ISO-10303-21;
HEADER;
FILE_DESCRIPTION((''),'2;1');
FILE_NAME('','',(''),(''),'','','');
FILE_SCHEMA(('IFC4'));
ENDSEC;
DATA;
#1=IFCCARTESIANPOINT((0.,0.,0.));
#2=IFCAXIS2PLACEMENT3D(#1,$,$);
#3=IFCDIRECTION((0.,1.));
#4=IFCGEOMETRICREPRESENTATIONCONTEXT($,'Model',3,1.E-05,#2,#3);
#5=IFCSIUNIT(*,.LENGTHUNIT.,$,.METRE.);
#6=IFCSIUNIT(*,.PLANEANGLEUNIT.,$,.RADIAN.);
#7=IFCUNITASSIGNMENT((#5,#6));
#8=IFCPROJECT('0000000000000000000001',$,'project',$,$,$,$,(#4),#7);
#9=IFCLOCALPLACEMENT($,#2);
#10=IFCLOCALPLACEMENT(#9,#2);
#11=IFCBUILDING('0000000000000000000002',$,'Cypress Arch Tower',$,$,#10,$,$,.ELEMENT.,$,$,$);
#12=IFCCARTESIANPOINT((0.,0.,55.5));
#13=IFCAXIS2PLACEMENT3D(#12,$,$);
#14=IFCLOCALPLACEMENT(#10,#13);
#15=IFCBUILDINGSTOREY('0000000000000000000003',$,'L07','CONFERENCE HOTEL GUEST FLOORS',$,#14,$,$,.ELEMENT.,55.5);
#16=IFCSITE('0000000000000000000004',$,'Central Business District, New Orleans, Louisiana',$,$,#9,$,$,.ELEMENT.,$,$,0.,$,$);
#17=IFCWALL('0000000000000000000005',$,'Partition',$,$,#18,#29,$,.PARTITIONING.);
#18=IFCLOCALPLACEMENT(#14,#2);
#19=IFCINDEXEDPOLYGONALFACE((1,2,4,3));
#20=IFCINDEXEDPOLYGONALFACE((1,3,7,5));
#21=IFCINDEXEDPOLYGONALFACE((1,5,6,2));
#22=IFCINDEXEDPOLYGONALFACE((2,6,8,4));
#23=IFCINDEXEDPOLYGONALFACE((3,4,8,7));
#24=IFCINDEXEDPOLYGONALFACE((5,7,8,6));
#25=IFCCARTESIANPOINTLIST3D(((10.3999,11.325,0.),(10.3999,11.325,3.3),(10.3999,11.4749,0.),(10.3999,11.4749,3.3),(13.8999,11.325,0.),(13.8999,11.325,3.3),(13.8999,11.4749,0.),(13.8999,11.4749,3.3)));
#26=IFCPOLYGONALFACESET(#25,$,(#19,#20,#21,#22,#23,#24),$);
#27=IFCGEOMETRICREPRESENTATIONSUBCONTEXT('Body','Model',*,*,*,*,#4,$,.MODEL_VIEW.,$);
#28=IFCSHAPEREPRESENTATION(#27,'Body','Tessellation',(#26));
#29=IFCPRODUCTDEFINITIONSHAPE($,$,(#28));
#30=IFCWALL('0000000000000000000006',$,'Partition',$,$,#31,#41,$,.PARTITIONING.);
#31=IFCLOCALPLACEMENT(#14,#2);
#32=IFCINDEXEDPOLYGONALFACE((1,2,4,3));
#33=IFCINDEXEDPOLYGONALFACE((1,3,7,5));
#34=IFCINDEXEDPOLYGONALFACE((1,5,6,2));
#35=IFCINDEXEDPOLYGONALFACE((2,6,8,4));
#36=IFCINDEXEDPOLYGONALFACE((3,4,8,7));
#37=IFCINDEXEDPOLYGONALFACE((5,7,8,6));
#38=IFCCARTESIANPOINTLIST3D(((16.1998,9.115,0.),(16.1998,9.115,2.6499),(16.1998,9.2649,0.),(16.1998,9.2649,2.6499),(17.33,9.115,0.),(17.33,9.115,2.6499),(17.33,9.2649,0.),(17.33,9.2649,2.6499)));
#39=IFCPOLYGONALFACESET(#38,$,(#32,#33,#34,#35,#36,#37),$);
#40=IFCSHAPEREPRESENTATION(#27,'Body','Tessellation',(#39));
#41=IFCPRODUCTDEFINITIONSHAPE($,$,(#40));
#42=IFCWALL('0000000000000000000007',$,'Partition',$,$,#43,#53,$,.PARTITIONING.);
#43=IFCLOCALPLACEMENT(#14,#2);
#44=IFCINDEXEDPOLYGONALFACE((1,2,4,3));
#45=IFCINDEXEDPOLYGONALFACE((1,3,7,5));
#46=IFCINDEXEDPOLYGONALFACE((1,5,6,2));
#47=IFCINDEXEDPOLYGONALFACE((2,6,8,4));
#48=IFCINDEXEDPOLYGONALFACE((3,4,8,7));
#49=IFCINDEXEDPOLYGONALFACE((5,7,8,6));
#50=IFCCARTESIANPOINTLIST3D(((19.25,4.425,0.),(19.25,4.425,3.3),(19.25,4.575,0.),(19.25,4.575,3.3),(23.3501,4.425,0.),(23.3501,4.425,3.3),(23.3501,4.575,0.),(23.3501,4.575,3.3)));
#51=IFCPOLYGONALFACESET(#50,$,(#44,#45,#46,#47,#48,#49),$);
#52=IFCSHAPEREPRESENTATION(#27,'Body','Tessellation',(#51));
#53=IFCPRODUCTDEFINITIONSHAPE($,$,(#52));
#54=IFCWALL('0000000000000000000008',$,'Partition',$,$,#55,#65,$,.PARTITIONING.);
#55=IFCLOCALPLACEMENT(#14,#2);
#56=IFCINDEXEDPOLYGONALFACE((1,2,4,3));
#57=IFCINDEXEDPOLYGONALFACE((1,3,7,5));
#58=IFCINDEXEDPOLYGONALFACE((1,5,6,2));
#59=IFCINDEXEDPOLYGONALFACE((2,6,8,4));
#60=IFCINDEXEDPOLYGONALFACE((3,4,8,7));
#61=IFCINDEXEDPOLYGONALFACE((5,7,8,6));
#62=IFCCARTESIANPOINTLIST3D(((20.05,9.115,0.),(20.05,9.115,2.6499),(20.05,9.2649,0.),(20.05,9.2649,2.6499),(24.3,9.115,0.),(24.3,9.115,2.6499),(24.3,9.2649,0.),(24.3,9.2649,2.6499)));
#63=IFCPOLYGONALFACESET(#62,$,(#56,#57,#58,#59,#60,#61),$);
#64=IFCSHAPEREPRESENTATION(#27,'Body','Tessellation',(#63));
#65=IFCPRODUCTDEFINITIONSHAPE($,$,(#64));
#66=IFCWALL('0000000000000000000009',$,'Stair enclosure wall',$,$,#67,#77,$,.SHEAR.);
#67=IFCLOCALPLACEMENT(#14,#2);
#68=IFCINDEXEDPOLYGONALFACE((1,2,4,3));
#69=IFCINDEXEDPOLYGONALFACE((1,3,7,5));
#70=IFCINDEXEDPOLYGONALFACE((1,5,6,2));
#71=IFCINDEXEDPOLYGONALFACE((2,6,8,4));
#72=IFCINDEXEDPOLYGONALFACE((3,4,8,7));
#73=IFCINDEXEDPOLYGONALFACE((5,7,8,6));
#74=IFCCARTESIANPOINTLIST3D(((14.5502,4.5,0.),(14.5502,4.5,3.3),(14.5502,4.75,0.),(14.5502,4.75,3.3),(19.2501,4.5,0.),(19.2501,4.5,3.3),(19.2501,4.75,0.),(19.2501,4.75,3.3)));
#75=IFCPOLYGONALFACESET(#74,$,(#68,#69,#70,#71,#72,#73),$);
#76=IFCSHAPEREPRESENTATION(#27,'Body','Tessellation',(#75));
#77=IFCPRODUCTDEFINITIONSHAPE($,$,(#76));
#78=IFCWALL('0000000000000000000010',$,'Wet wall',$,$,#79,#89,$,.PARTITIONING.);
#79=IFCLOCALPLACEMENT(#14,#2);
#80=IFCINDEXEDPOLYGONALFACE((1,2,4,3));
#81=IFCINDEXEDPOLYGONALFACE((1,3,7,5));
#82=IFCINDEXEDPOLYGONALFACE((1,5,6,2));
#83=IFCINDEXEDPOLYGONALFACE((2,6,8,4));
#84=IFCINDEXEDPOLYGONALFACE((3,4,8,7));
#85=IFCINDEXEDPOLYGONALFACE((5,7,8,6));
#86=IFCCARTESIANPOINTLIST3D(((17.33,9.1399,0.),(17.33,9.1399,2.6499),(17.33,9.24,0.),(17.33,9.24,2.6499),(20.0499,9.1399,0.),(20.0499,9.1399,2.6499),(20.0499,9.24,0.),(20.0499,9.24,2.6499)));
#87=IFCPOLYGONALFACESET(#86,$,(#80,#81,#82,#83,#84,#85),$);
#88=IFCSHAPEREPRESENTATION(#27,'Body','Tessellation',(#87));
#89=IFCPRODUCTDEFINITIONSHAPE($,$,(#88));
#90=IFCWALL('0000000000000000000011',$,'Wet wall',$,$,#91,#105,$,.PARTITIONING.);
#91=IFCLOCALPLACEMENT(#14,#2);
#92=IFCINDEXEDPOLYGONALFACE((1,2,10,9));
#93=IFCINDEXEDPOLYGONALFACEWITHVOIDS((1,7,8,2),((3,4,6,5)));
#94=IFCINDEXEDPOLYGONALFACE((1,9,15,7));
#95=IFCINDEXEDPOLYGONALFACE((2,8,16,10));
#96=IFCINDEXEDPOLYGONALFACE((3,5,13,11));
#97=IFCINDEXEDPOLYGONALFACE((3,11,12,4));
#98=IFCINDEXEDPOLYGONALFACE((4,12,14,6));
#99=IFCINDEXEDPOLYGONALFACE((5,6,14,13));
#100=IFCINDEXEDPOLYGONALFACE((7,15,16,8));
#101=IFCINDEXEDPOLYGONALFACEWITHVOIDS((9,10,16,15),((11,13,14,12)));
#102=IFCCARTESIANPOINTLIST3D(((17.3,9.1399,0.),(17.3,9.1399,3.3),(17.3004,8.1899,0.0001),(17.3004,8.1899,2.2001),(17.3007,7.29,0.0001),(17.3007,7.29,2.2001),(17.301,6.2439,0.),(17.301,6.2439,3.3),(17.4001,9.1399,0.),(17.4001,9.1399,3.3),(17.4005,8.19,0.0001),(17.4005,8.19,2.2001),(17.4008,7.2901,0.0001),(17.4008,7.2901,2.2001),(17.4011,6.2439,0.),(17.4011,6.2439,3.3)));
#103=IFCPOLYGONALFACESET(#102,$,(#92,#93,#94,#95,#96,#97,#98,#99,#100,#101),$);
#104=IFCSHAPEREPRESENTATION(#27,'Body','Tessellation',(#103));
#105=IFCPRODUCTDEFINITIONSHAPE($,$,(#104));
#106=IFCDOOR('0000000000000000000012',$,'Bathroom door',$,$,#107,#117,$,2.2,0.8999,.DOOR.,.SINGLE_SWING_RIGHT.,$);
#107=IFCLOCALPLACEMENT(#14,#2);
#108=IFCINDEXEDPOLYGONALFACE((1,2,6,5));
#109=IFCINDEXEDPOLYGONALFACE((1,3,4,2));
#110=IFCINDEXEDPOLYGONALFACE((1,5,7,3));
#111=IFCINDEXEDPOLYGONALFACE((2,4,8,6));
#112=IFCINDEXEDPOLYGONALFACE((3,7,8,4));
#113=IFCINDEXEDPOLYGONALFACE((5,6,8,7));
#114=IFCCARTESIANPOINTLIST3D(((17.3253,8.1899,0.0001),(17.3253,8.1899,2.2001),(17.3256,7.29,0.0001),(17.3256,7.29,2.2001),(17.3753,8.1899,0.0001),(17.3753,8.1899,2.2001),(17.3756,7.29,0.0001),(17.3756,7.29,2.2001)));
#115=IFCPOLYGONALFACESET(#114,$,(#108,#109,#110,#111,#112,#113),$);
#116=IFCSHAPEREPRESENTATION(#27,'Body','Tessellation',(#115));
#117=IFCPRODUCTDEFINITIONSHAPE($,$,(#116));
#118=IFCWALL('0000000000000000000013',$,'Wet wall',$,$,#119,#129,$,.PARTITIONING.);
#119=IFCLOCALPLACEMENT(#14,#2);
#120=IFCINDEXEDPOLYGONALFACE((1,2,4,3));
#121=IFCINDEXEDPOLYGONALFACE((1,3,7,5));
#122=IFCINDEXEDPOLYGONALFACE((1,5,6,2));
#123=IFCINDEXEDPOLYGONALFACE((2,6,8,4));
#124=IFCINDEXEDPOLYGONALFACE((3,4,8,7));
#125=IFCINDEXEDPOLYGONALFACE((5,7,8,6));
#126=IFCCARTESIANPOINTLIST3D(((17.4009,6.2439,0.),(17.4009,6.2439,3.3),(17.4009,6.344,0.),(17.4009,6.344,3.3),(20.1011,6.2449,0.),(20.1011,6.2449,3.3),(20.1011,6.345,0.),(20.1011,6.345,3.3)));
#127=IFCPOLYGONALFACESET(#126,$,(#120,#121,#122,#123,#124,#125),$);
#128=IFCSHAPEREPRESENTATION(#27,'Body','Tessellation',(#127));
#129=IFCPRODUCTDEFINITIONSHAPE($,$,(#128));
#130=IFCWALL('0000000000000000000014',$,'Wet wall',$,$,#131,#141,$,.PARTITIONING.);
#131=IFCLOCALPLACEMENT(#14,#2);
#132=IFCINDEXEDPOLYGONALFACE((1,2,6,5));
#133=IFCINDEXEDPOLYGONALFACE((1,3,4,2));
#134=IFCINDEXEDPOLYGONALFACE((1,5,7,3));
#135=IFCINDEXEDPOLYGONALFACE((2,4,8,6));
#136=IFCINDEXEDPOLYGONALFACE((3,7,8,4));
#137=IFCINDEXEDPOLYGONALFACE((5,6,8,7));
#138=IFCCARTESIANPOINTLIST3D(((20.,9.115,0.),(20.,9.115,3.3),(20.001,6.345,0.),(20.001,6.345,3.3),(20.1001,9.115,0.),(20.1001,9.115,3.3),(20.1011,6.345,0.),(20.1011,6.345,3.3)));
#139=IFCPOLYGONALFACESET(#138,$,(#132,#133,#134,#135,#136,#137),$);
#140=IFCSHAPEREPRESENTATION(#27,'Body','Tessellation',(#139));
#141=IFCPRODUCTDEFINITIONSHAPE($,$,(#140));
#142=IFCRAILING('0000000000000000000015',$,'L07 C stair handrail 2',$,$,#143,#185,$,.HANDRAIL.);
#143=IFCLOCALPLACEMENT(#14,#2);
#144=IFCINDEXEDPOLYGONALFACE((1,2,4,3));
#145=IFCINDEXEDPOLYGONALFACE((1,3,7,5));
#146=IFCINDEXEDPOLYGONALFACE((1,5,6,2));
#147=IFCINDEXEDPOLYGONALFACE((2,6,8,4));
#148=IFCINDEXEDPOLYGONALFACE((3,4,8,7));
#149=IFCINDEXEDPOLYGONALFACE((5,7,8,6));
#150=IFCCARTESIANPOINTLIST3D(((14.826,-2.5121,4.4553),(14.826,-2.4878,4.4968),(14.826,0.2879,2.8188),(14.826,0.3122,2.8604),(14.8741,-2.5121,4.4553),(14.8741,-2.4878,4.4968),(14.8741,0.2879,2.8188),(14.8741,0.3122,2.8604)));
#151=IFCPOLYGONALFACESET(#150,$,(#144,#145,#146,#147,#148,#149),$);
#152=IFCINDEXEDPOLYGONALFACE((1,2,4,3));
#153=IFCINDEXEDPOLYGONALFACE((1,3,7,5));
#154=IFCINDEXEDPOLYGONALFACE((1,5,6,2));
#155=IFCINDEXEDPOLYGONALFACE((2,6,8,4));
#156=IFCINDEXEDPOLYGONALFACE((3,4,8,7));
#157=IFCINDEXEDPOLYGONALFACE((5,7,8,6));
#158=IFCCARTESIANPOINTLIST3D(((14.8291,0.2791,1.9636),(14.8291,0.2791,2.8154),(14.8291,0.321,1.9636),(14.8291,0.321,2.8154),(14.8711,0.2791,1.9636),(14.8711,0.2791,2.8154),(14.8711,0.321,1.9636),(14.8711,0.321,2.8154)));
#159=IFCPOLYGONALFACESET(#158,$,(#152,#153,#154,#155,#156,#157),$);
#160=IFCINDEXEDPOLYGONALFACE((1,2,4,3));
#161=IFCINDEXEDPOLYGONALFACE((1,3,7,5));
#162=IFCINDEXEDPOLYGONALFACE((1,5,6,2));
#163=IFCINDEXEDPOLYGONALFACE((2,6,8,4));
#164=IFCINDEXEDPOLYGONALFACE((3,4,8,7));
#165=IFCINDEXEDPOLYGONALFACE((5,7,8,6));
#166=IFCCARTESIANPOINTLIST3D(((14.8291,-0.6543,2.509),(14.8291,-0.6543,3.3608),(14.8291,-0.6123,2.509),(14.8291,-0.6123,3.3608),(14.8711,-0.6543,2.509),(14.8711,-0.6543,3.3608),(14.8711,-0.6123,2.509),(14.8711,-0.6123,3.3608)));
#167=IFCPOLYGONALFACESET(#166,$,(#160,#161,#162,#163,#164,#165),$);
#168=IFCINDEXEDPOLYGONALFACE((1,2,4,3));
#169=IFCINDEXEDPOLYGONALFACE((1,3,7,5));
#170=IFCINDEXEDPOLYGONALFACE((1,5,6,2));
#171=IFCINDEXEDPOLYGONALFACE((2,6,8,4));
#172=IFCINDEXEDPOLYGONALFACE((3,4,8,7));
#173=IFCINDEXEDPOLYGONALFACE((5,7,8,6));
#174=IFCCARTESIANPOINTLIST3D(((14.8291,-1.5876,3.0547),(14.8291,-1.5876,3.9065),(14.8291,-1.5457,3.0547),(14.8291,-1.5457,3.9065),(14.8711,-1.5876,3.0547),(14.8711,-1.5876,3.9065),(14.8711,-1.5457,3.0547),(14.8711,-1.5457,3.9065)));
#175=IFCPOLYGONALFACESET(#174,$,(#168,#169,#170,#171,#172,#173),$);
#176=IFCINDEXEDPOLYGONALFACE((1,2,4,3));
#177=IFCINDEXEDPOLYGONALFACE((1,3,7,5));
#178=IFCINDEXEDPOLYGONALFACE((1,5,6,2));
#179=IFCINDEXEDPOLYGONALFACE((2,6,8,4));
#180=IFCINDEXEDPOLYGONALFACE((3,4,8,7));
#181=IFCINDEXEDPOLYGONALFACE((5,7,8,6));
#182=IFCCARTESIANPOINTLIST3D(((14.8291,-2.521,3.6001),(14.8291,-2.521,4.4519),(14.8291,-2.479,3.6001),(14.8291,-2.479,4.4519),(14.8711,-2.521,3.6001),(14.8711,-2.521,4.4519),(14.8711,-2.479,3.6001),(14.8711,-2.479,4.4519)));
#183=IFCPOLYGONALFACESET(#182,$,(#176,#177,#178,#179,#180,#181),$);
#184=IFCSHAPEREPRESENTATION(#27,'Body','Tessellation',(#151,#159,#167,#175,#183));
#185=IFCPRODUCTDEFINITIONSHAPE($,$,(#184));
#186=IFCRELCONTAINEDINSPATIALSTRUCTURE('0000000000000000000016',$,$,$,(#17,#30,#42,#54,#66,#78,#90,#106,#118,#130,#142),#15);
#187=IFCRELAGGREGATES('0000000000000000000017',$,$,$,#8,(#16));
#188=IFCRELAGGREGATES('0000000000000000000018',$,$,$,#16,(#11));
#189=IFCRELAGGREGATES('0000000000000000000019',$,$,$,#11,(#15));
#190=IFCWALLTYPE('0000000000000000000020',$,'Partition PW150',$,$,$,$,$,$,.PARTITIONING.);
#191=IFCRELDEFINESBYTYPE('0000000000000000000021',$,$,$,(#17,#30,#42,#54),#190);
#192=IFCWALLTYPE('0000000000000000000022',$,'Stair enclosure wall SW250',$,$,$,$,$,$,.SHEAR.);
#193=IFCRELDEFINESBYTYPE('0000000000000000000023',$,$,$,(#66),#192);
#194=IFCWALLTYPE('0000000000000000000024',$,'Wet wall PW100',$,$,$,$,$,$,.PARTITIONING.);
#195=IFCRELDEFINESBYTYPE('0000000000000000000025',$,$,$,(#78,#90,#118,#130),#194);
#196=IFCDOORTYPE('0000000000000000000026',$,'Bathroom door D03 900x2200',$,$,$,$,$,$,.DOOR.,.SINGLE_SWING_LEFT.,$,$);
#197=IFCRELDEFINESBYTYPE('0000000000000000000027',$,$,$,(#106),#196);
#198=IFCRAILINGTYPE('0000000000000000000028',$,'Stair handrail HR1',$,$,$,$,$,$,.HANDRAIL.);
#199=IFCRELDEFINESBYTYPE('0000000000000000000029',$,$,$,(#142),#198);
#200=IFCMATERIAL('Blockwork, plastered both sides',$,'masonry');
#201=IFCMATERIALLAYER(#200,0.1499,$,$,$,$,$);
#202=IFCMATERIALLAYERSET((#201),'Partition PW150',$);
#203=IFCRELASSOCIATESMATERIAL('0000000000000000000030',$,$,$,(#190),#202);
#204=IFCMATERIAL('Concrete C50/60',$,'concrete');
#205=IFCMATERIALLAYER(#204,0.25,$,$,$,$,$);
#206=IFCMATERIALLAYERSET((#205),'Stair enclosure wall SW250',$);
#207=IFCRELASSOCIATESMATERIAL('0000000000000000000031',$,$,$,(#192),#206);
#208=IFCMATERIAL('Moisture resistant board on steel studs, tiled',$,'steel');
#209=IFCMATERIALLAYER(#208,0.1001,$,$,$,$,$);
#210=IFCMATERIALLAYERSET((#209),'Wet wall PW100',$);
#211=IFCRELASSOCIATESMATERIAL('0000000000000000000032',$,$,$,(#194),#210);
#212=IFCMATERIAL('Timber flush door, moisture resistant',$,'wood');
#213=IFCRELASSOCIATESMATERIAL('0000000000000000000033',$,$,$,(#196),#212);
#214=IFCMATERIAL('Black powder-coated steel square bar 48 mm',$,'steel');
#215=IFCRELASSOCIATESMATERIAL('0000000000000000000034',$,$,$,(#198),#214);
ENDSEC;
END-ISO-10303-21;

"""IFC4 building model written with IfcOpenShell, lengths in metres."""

from ifc_helpers import new_model, si_unit, direction, frame, frame_2d, origin, origin_2d, place, context, subcontext, project, spatial, rectangle, extrude, material, layer, layer_set, type_object, element, fill, save


model = new_model("IFC4")

# Units and contexts
model_context = context("Model", 3, precision=1e-05, world=origin(), true_north=direction((0.0, 1.0)))
body_context = subcontext(model_context, "Body", "Model", "MODEL_VIEW")
ifc_project = project(units=[si_unit("LENGTHUNIT", "METRE"), si_unit("PLANEANGLEUNIT", "RADIAN")], contexts=[model_context])

# Site, building, storey
site_placement = place(None, origin())
site = spatial("IfcSite", under=ifc_project, at=site_placement, Name="Central Business District, New Orleans, Louisiana", CompositionType="ELEMENT", RefElevation=0.0)
building_placement = place(site_placement, origin())
building = spatial("IfcBuilding", under=site, at=building_placement, Name="Cypress Arch Tower", CompositionType="ELEMENT")
storey_placement = place(building_placement, frame((0.0, 0.0, 55.5)))
storey = spatial("IfcBuildingStorey", under=building, at=storey_placement, Name="L07", Description="CONFERENCE HOTEL GUEST FLOORS", CompositionType="ELEMENT", Elevation=55.5)

# Walls
ifc_material_1 = material(Name="Blockwork, plastered both sides", Category="masonry")
ifc_layer_1 = layer(ifc_material_1, 0.1499)
ifc_layer_set_1 = layer_set([ifc_layer_1], Name="Partition PW150")
wall_type_1 = type_object("IfcWallType", Name="Partition PW150", PredefinedType="PARTITIONING", material=ifc_layer_set_1)
wall_1_placement = place(storey_placement, frame((10.3999, 11.3999, 0.0), z_axis=(0.0, 0.0, 1.0), x_axis=(1.0, 0.0, 0.0)))
element("IfcWall", 1, at=wall_1_placement, inside=storey, type_object=wall_type_1, Name="Partition", PredefinedType="PARTITIONING", context=body_context, shape_type="SweptSolid", body=[
    extrude(rectangle(XDim=3.5, YDim=0.1499, at=frame_2d((1.75, 0.0))), origin(), (0.0, 0.0, 1.0), 3.3),
])
wall_2_placement = place(storey_placement, frame((16.2, 9.1899, 0.0), z_axis=(0.0, 0.0, 1.0), x_axis=(1.0, 0.0, 0.0)))
element("IfcWall", 2, at=wall_2_placement, inside=storey, type_object=wall_type_1, Name="Partition", PredefinedType="PARTITIONING", context=body_context, shape_type="SweptSolid", body=[
    extrude(rectangle(XDim=1.1301, YDim=0.1499, at=frame_2d((0.5649, 0.0))), origin(), (0.0, 0.0, 1.0), 2.6499),
])
wall_3_placement = place(storey_placement, frame((19.25, 4.5, 0.0), z_axis=(0.0, 0.0, 1.0), x_axis=(1.0, 0.0, 0.0)))
element("IfcWall", 3, at=wall_3_placement, inside=storey, type_object=wall_type_1, Name="Partition", PredefinedType="PARTITIONING", context=body_context, shape_type="SweptSolid", body=[
    extrude(rectangle(XDim=4.1001, YDim=0.1499, at=frame_2d((2.05, 0.0))), origin(), (0.0, 0.0, 1.0), 3.3),
])
wall_4_placement = place(storey_placement, frame((20.05, 9.1899, 0.0), z_axis=(0.0, 0.0, 1.0), x_axis=(1.0, 0.0, 0.0)))
element("IfcWall", 4, at=wall_4_placement, inside=storey, type_object=wall_type_1, Name="Partition", PredefinedType="PARTITIONING", context=body_context, shape_type="SweptSolid", body=[
    extrude(rectangle(XDim=4.25, YDim=0.1499, at=frame_2d((2.125, 0.0))), origin(), (0.0, 0.0, 1.0), 2.6499),
])
ifc_material_2 = material(Name="Concrete C50/60", Category="concrete")
ifc_layer_2 = layer(ifc_material_2, 0.25)
ifc_layer_set_2 = layer_set([ifc_layer_2], Name="Stair enclosure wall SW250")
wall_type_2 = type_object("IfcWallType", Name="Stair enclosure wall SW250", PredefinedType="SHEAR", material=ifc_layer_set_2)
wall_5_placement = place(storey_placement, frame((14.55, 4.625, 0.0), z_axis=(0.0, 0.0, 1.0), x_axis=(1.0, 0.0, 0.0)))
element("IfcWall", 5, at=wall_5_placement, inside=storey, type_object=wall_type_2, Name="Stair enclosure wall", PredefinedType="SHEAR", context=body_context, shape_type="SweptSolid", body=[
    extrude(rectangle(XDim=4.7, YDim=0.25, at=frame_2d((2.3501, 0.0))), origin(), (0.0, 0.0, 1.0), 3.3),
])
ifc_material_3 = material(Name="Moisture resistant board on steel studs, tiled", Category="steel")
ifc_layer_3 = layer(ifc_material_3, 0.1001)
ifc_layer_set_3 = layer_set([ifc_layer_3], Name="Wet wall PW100")
wall_type_3 = type_object("IfcWallType", Name="Wet wall PW100", PredefinedType="PARTITIONING", material=ifc_layer_set_3)
wall_6_placement = place(storey_placement, frame((17.3301, 9.1899, 0.0), z_axis=(0.0, 0.0, 1.0), x_axis=(1.0, 0.0, 0.0)))
element("IfcWall", 6, at=wall_6_placement, inside=storey, type_object=wall_type_3, Name="Wet wall", PredefinedType="PARTITIONING", context=body_context, shape_type="SweptSolid", body=[
    extrude(rectangle(XDim=2.72, YDim=0.1001, at=frame_2d((1.3599, 0.0))), origin(), (0.0, 0.0, 1.0), 2.6499),
])

# Wall, opening, door
wall_7_placement = place(storey_placement, frame((17.3501, 9.1399, 0.0), z_axis=(0.0, 0.0, 1.0), x_axis=(0.000337, -1.0, 0.0)))
wall_7 = element("IfcWall", 7, at=wall_7_placement, inside=storey, type_object=wall_type_3, Name="Wet wall", PredefinedType="PARTITIONING", context=body_context, shape_type="SweptSolid", body=[
    extrude(rectangle(XDim=2.896, YDim=0.1001, at=frame_2d((1.448, 0.0))), origin(), (0.0, 0.0, 1.0), 3.3),
])
opening_1_placement = place(wall_7_placement, frame((0.95, 0.0, 0.0)))
opening_1 = element("IfcOpeningElement", 8, at=opening_1_placement, cuts=wall_7, PredefinedType="OPENING", context=body_context, shape_type="SweptSolid", body=[
    extrude(rectangle(XDim=0.8999, YDim=2.2, at=frame_2d((0.45, 1.1001))), frame((0.0, 0.0601, 0.0), z_axis=(0.0, -1.0, 0.0), x_axis=(1.0, 0.0, 0.0)), (0.0, 0.0, 1.0), 0.1201),
])
ifc_material_4 = material(Name="Timber flush door, moisture resistant", Category="wood")
door_type_1 = type_object("IfcDoorType", Name="Bathroom door D03 900x2200", OperationType="SINGLE_SWING_LEFT", PredefinedType="DOOR", material=ifc_material_4)
door_1_placement = place(opening_1_placement, origin())
door_1 = element("IfcDoor", 9, at=door_1_placement, inside=storey, type_object=door_type_1, Name="Bathroom door", OperationType="SINGLE_SWING_RIGHT", OverallHeight=2.2, OverallWidth=0.8999, PredefinedType="DOOR", context=body_context, shape_type="SweptSolid", body=[
    extrude(rectangle(XDim=0.8999, YDim=2.2, at=frame_2d((0.45, 1.1001))), frame((0.0, 0.0249, 0.0), z_axis=(0.0, -1.0, 0.0), x_axis=(1.0, 0.0, 0.0)), (0.0, 0.0, 1.0), 0.05),
])
fill(opening_1, door_1)

# Walls
wall_8_placement = place(storey_placement, frame((17.4009, 6.2939, 0.0), z_axis=(0.0, 0.0, 1.0), x_axis=(1.0, 0.000362, 0.0)))
element("IfcWall", 10, at=wall_8_placement, inside=storey, type_object=wall_type_3, Name="Wet wall", PredefinedType="PARTITIONING", context=body_context, shape_type="SweptSolid", body=[
    extrude(rectangle(XDim=2.7002, YDim=0.1001, at=frame_2d((1.3501, 0.0))), origin(), (0.0, 0.0, 1.0), 3.3),
])
wall_9_placement = place(storey_placement, frame((20.05, 9.115, 0.0), z_axis=(0.0, 0.0, 1.0), x_axis=(0.000353, -1.0, 0.0)))
element("IfcWall", 11, at=wall_9_placement, inside=storey, type_object=wall_type_3, Name="Wet wall", PredefinedType="PARTITIONING", context=body_context, shape_type="SweptSolid", body=[
    extrude(rectangle(XDim=2.77, YDim=0.1001, at=frame_2d((1.385, 0.0))), origin(), (0.0, 0.0, 1.0), 3.3),
])

# Railing
ifc_material_5 = material(Name="Black powder-coated steel square bar 48 mm", Category="steel")
railing_type_1 = type_object("IfcRailingType", Name="Stair handrail HR1", PredefinedType="HANDRAIL", material=ifc_material_5)
railing_1_placement = place(storey_placement, frame((14.8501, 0.3, 1.9636)))
element("IfcRailing", 12, at=railing_1_placement, inside=storey, type_object=railing_type_1, Name="L07 C stair handrail 2", PredefinedType="HANDRAIL", context=body_context, shape_type="SweptSolid", body=[
    extrude(rectangle(XDim=0.0481, YDim=0.0481, at=origin_2d()), frame((0.0, 0.0, 0.876), z_axis=(0.0, -0.863361, 0.504587), x_axis=(1.0, 0.0, 0.0)), (0.0, 0.0, 1.0), 3.2432),
    extrude(rectangle(XDim=0.042, YDim=0.042, at=origin_2d()), origin(), (0.0, 0.0, 1.0), 0.8518),
    extrude(rectangle(XDim=0.042, YDim=0.042, at=origin_2d()), frame((0.0, -0.9333, 0.5454)), (0.0, 0.0, 1.0), 0.8518),
    extrude(rectangle(XDim=0.042, YDim=0.042, at=origin_2d()), frame((0.0, -1.8667, 1.0911)), (0.0, 0.0, 1.0), 0.8518),
    extrude(rectangle(XDim=0.042, YDim=0.042, at=origin_2d()), frame((0.0, -2.8, 1.6365)), (0.0, 0.0, 1.0), 0.8518),
])

save(model, "model.ifc")
